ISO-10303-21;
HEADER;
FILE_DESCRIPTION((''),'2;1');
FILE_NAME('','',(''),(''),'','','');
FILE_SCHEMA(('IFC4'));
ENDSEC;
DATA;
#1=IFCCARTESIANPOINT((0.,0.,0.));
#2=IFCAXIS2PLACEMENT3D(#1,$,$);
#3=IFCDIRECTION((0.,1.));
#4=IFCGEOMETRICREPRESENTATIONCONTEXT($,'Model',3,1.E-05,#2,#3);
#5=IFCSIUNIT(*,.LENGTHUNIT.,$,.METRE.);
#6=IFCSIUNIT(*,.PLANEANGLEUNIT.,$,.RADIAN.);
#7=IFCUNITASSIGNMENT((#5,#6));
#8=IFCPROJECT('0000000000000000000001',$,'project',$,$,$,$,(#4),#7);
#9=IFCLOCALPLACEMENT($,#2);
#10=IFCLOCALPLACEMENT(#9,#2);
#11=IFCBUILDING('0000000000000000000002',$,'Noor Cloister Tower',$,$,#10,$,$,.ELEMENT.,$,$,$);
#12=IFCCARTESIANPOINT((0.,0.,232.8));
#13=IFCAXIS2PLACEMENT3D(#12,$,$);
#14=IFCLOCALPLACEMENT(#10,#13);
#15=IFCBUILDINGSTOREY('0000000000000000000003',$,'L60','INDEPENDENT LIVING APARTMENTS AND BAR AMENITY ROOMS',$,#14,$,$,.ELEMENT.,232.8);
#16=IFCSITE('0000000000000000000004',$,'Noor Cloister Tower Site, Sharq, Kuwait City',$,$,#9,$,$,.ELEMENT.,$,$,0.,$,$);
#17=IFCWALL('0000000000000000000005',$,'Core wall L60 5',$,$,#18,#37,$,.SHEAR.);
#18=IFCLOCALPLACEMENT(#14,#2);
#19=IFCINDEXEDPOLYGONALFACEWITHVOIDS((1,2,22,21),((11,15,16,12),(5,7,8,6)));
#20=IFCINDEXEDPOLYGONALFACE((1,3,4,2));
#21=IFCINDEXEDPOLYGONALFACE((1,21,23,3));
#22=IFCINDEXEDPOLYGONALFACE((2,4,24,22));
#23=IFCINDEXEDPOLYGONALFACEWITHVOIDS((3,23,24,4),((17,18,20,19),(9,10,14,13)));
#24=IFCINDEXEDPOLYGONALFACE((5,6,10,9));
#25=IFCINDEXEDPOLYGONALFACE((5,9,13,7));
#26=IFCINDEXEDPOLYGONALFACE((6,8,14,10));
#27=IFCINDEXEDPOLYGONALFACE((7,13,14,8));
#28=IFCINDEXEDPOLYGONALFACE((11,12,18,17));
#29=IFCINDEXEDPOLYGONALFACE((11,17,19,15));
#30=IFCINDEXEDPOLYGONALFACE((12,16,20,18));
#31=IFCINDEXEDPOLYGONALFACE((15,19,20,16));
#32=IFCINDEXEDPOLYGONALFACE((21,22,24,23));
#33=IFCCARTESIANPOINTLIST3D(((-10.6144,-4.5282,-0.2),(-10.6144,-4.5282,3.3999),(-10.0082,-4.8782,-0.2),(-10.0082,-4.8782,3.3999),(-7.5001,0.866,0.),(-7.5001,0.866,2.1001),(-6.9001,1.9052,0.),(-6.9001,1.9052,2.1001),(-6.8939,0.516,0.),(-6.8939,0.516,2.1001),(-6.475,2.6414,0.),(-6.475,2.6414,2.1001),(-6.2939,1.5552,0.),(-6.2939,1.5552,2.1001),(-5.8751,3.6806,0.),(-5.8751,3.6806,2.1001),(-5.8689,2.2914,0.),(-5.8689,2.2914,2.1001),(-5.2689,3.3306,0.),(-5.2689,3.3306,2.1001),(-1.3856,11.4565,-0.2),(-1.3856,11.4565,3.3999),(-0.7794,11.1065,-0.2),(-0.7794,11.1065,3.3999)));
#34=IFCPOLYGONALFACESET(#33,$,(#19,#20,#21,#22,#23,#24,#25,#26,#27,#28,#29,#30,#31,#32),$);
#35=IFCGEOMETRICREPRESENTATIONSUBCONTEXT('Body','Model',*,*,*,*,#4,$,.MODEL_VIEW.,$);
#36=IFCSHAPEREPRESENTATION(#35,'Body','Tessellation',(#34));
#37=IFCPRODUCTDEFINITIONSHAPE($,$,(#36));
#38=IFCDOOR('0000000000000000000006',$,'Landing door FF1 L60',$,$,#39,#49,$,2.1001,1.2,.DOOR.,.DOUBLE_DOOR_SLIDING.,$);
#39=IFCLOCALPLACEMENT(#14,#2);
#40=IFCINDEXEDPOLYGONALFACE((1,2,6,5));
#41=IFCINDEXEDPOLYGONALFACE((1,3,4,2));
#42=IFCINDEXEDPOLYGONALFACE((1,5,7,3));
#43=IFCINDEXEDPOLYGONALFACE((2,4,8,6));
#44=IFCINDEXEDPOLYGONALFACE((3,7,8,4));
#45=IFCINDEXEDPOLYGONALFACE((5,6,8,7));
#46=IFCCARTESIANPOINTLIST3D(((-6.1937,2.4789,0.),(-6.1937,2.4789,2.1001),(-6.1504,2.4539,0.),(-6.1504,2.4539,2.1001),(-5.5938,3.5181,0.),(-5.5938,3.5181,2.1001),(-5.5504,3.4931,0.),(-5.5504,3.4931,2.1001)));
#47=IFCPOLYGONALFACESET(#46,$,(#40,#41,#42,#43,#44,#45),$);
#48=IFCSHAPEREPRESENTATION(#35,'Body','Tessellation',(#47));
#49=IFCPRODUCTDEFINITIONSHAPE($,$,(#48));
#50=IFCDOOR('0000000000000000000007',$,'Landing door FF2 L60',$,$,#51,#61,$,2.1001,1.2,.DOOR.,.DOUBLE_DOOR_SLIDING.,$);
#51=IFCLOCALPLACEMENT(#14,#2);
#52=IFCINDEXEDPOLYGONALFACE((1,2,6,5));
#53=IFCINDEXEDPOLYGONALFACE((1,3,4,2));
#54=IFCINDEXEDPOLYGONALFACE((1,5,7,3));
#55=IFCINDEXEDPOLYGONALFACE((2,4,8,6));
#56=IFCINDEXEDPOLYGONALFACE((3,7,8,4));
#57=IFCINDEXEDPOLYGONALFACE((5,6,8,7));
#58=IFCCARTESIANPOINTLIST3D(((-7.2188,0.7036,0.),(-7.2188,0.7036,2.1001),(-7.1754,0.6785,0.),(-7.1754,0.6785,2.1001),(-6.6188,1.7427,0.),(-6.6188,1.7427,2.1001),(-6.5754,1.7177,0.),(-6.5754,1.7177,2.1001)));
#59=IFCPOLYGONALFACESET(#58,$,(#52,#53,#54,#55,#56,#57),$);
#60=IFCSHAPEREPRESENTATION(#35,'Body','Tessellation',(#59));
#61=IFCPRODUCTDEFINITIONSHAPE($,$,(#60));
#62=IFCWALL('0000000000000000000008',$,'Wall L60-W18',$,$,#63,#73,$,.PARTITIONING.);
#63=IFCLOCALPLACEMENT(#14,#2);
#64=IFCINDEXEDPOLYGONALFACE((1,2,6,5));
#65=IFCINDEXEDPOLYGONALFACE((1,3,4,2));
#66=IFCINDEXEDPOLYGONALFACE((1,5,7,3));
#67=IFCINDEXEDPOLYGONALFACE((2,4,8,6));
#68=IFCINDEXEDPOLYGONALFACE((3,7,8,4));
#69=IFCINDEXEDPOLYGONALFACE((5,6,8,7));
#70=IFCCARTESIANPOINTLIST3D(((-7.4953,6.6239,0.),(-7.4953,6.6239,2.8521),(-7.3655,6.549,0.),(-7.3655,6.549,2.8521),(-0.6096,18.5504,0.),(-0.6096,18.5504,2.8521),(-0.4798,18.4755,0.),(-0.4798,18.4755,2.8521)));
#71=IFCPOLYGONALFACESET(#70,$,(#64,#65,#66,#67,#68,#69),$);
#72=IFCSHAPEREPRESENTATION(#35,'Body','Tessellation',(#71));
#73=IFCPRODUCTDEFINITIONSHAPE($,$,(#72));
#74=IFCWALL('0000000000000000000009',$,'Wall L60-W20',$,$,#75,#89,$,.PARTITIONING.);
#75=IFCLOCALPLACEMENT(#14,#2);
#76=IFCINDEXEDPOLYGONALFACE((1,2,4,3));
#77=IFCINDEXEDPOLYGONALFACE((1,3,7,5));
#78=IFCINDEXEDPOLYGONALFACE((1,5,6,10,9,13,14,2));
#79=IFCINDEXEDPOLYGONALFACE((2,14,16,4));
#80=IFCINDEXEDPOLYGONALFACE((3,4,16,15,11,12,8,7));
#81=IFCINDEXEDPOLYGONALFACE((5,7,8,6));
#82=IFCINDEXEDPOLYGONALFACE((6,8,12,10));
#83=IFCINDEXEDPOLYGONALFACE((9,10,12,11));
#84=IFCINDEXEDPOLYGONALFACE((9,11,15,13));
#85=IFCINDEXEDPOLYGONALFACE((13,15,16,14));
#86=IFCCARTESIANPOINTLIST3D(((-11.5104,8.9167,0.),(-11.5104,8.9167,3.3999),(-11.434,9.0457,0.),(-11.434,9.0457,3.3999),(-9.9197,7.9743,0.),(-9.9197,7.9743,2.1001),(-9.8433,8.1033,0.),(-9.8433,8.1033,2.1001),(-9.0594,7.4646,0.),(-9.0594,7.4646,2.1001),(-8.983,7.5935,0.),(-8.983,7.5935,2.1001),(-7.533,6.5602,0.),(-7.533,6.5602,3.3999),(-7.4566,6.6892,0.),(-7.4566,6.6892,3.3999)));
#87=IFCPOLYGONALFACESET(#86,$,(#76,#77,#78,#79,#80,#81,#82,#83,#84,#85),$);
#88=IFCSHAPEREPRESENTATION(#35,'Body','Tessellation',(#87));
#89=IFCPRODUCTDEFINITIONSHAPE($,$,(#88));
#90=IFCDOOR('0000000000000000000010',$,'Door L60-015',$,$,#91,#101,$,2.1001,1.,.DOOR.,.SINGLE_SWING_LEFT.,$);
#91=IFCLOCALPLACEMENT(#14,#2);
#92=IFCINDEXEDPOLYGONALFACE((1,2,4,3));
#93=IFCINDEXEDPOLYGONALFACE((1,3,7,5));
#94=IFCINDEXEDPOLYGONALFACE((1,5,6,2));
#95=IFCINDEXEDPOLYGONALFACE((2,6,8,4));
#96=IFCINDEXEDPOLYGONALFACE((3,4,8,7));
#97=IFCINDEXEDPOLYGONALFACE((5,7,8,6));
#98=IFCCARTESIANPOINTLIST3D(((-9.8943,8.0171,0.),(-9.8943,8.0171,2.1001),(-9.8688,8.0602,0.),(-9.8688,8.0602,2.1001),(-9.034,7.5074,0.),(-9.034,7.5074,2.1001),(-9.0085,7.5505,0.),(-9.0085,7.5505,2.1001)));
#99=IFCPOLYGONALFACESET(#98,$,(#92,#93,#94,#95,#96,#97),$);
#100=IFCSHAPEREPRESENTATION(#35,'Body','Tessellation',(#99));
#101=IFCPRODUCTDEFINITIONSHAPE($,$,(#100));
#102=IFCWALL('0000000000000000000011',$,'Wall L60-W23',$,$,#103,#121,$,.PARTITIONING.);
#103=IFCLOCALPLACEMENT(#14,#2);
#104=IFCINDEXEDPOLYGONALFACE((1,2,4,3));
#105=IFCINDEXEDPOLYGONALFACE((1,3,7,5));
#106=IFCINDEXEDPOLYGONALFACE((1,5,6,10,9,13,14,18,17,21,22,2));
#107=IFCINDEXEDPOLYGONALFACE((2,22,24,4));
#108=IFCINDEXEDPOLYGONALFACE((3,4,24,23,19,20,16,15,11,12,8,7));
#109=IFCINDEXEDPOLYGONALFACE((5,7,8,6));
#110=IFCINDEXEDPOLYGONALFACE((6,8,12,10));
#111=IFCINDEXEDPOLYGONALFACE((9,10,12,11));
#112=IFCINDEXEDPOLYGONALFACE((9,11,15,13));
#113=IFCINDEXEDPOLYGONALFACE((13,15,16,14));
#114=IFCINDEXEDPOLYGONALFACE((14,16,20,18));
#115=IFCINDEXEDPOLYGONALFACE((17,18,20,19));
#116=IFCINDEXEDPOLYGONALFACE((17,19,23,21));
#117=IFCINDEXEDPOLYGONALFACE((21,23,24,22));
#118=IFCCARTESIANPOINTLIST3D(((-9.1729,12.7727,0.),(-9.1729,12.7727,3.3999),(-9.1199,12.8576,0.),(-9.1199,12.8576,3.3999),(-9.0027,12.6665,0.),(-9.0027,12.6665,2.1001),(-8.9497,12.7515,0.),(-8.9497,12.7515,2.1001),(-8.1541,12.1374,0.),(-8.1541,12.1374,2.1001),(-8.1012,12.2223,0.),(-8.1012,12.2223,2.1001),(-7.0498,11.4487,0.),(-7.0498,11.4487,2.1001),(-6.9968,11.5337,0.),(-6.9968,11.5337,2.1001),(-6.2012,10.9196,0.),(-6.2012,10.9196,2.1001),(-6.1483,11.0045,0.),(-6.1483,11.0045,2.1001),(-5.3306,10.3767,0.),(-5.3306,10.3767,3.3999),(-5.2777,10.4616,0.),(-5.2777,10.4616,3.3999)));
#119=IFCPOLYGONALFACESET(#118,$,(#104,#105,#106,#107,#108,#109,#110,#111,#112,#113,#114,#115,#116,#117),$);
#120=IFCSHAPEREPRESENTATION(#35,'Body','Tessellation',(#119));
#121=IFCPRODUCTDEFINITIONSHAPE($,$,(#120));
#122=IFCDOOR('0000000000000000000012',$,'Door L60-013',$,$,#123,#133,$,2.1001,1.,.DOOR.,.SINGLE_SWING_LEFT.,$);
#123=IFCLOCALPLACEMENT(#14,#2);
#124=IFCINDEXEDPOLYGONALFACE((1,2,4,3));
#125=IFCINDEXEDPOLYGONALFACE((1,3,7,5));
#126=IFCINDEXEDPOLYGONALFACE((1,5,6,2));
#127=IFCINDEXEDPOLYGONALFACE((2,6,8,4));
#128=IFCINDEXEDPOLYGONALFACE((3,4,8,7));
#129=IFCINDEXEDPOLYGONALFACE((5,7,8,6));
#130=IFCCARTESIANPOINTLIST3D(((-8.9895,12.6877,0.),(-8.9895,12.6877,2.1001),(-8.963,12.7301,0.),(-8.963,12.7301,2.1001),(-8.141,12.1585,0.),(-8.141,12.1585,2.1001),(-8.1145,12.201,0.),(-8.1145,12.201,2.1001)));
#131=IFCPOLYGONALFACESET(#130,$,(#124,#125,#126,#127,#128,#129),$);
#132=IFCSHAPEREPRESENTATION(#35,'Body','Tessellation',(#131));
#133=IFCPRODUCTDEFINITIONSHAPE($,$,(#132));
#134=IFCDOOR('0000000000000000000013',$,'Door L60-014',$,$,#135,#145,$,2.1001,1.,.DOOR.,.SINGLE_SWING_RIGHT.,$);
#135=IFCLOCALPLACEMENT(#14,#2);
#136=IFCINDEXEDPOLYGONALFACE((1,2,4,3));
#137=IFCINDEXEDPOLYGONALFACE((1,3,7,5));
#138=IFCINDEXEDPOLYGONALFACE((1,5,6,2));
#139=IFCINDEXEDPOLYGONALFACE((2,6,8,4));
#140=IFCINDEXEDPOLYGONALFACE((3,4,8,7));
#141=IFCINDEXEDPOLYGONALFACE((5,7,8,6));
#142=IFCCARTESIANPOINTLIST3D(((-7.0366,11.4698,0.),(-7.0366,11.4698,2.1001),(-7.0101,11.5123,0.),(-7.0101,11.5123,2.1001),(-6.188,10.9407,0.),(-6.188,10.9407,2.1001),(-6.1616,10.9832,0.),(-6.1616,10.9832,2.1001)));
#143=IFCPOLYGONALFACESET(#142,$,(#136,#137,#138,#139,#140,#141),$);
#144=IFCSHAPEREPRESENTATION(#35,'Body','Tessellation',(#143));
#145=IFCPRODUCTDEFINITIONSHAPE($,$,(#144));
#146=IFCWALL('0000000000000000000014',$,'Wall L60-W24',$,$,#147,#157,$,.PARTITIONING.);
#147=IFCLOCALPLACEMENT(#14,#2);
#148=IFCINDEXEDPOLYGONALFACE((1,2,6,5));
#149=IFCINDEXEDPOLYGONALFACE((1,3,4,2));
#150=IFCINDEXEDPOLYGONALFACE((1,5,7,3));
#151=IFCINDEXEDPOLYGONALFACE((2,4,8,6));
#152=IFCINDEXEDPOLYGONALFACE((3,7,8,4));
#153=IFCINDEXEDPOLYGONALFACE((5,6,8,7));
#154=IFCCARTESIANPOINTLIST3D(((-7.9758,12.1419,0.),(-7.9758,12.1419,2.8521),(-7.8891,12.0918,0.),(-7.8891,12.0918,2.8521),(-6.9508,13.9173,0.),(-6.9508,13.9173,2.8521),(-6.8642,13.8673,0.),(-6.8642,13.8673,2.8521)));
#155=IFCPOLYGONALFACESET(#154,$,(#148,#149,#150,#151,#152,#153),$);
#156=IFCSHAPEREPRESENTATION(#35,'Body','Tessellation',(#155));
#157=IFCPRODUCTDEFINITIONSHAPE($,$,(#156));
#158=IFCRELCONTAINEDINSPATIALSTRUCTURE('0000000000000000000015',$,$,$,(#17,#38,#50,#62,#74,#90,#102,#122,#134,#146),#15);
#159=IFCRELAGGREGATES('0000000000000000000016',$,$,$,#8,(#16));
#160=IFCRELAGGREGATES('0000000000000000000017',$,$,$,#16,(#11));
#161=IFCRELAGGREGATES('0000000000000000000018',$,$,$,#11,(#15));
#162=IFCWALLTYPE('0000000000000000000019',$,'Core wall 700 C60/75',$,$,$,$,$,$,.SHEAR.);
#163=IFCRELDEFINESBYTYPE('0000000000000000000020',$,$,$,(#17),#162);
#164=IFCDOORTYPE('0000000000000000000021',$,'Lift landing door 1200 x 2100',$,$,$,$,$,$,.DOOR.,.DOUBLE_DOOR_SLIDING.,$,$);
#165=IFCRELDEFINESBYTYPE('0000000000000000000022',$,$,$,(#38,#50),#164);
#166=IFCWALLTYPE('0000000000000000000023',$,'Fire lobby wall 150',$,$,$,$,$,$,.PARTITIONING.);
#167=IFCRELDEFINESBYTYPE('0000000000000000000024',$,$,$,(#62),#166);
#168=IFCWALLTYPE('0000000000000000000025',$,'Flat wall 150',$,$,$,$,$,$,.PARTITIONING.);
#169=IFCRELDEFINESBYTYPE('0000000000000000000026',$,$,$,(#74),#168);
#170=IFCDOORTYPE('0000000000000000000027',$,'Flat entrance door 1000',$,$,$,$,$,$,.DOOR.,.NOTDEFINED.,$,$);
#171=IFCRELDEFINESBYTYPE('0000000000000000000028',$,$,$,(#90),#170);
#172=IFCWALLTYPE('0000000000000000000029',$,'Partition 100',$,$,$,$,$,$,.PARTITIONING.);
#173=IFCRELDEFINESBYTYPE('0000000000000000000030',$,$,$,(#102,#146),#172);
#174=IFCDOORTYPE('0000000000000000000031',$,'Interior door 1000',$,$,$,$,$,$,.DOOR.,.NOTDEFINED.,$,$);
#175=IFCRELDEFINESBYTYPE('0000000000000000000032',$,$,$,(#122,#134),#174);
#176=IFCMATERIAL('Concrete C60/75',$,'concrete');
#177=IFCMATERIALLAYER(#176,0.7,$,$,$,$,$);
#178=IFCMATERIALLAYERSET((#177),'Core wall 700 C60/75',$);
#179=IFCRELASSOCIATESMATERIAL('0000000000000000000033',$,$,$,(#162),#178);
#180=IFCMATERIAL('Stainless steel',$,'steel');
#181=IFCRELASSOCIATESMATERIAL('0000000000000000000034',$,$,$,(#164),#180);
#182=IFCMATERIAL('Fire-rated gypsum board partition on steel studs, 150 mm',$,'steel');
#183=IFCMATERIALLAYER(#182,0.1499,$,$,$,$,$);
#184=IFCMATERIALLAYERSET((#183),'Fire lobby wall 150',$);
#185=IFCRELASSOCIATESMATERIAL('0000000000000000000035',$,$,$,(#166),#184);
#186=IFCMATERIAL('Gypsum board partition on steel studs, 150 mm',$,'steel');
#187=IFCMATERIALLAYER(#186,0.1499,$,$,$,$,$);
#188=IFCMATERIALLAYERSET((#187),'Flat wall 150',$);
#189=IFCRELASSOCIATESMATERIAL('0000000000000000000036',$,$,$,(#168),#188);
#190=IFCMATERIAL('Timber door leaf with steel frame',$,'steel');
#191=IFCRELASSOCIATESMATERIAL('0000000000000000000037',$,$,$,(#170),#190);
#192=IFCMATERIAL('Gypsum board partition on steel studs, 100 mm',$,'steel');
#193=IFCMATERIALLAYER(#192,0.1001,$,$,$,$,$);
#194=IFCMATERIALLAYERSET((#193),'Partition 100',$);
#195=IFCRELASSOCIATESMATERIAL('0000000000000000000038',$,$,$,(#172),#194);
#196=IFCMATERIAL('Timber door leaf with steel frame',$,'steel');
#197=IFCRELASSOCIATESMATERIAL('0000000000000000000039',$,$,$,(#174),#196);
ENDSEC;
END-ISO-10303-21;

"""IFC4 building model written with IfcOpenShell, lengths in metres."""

from ifc_helpers import new_model, si_unit, direction, frame, frame_2d, origin, place, context, subcontext, project, spatial, rectangle, extrude, material, layer, layer_set, type_object, element, fill, save


model = new_model("IFC4")

# Units and contexts
model_context = context("Model", 3, precision=1e-05, world=origin(), true_north=direction((0.0, 1.0)))
body_context = subcontext(model_context, "Body", "Model", "MODEL_VIEW")
ifc_project = project(units=[si_unit("LENGTHUNIT", "METRE"), si_unit("PLANEANGLEUNIT", "RADIAN")], contexts=[model_context])

# Site, building, storey
site_placement = place(None, origin())
site = spatial("IfcSite", under=ifc_project, at=site_placement, Name="Noor Cloister Tower Site, Sharq, Kuwait City", CompositionType="ELEMENT", RefElevation=0.0)
building_placement = place(site_placement, origin())
building = spatial("IfcBuilding", under=site, at=building_placement, Name="Noor Cloister Tower", CompositionType="ELEMENT")
storey_placement = place(building_placement, frame((0.0, 0.0, 232.8)))
storey = spatial("IfcBuildingStorey", under=building, at=storey_placement, Name="L60", Description="INDEPENDENT LIVING APARTMENTS AND BAR AMENITY ROOMS", CompositionType="ELEMENT", Elevation=232.8)

# Wall, openings, doors
ifc_material_1 = material(Name="Concrete C60/75", Category="concrete")
ifc_layer_1 = layer(ifc_material_1, 0.7)
ifc_layer_set_1 = layer_set([ifc_layer_1], Name="Core wall 700 C60/75")
wall_type_1 = type_object("IfcWallType", Name="Core wall 700 C60/75", PredefinedType="SHEAR", material=ifc_layer_set_1)
wall_1_placement = place(storey_placement, frame((-1.0825, 11.2815, -0.2), z_axis=(0.0, 0.0, 1.0), x_axis=(-0.500001, -0.866025, 0.0)))
wall_1 = element("IfcWall", 1, at=wall_1_placement, inside=storey, type_object=wall_type_1, Name="Core wall L60 5", PredefinedType="SHEAR", context=body_context, shape_type="SweptSolid", body=[
    extrude(rectangle(XDim=18.4575, YDim=0.7, at=frame_2d((9.2288, 0.0))), origin(), (0.0, 0.0, 1.0), 3.5999),
])
opening_1_placement = place(wall_1_placement, frame((8.9788, 0.0, 0.2)))
opening_1 = element("IfcOpeningElement", 2, at=opening_1_placement, cuts=wall_1, PredefinedType="OPENING", context=body_context, shape_type="SweptSolid", body=[
    extrude(rectangle(XDim=1.2, YDim=2.1001, at=frame_2d((0.6001, 1.05))), frame((0.0, 0.3599, 0.0), z_axis=(0.0, -1.0, 0.0), x_axis=(1.0, 0.0, 0.0)), (0.0, 0.0, 1.0), 0.72),
])
opening_2_placement = place(wall_1_placement, frame((11.0288, 0.0, 0.2)))
opening_2 = element("IfcOpeningElement", 3, at=opening_2_placement, cuts=wall_1, PredefinedType="OPENING", context=body_context, shape_type="SweptSolid", body=[
    extrude(rectangle(XDim=1.2, YDim=2.1001, at=frame_2d((0.6001, 1.05))), frame((0.0, 0.3599, 0.0), z_axis=(0.0, -1.0, 0.0), x_axis=(1.0, 0.0, 0.0)), (0.0, 0.0, 1.0), 0.72),
])
ifc_material_2 = material(Name="Stainless steel", Category="steel")
door_type_1 = type_object("IfcDoorType", Name="Lift landing door 1200 x 2100", OperationType="DOUBLE_DOOR_SLIDING", PredefinedType="DOOR", material=ifc_material_2)
door_1_placement = place(opening_1_placement, origin())
door_1 = element("IfcDoor", 4, at=door_1_placement, inside=storey, type_object=door_type_1, Name="Landing door FF1 L60", OperationType="DOUBLE_DOOR_SLIDING", OverallHeight=2.1001, OverallWidth=1.2, PredefinedType="DOOR", context=body_context, shape_type="SweptSolid", body=[
    extrude(rectangle(XDim=1.2, YDim=2.1001, at=frame_2d((0.6001, 1.05))), frame((0.0, 0.0249, 0.0), z_axis=(0.0, -1.0, 0.0), x_axis=(1.0, 0.0, 0.0)), (0.0, 0.0, 1.0), 0.05),
])
fill(opening_1, door_1)
door_2_placement = place(opening_2_placement, origin())
door_2 = element("IfcDoor", 5, at=door_2_placement, inside=storey, type_object=door_type_1, Name="Landing door FF2 L60", OperationType="DOUBLE_DOOR_SLIDING", OverallHeight=2.1001, OverallWidth=1.2, PredefinedType="DOOR", context=body_context, shape_type="SweptSolid", body=[
    extrude(rectangle(XDim=1.2, YDim=2.1001, at=frame_2d((0.6001, 1.05))), frame((0.0, 0.0249, 0.0), z_axis=(0.0, -1.0, 0.0), x_axis=(1.0, 0.0, 0.0)), (0.0, 0.0, 1.0), 0.05),
])
fill(opening_2, door_2)

# Wall
ifc_material_3 = material(Name="Fire-rated gypsum board partition on steel studs, 150 mm", Category="steel")
ifc_layer_2 = layer(ifc_material_3, 0.1499)
ifc_layer_set_2 = layer_set([ifc_layer_2], Name="Fire lobby wall 150")
wall_type_2 = type_object("IfcWallType", Name="Fire lobby wall 150", PredefinedType="PARTITIONING", material=ifc_layer_set_2)
wall_2_placement = place(storey_placement, frame((-0.5447, 18.5129, 0.0), z_axis=(0.0, 0.0, 1.0), x_axis=(-0.499998, -0.866026, 0.0)))
element("IfcWall", 6, at=wall_2_placement, inside=storey, type_object=wall_type_2, Name="Wall L60-W18", PredefinedType="PARTITIONING", context=body_context, shape_type="SweptSolid", body=[
    extrude(rectangle(XDim=13.7715, YDim=0.1499, at=frame_2d((6.8857, 0.0))), origin(), (0.0, 0.0, 1.0), 2.8521),
])

# Wall, opening, door
ifc_material_4 = material(Name="Gypsum board partition on steel studs, 150 mm", Category="steel")
ifc_layer_3 = layer(ifc_material_4, 0.1499)
ifc_layer_set_3 = layer_set([ifc_layer_3], Name="Flat wall 150")
wall_type_3 = type_object("IfcWallType", Name="Flat wall 150", PredefinedType="PARTITIONING", material=ifc_layer_set_3)
wall_3_placement = place(storey_placement, frame((-11.4722, 8.9812, 0.0), z_axis=(0.0, 0.0, 1.0), x_axis=(0.860336, -0.509727, 0.0)))
wall_3 = element("IfcWall", 7, at=wall_3_placement, inside=storey, type_object=wall_type_3, Name="Wall L60-W20", PredefinedType="PARTITIONING", context=body_context, shape_type="SweptSolid", body=[
    extrude(rectangle(XDim=4.623, YDim=0.1499, at=frame_2d((2.3115, 0.0))), origin(), (0.0, 0.0, 1.0), 3.3999),
])
opening_3_placement = place(wall_3_placement, frame((1.8489, 0.0, 0.0)))
opening_3 = element("IfcOpeningElement", 8, at=opening_3_placement, cuts=wall_3, PredefinedType="OPENING", context=body_context, shape_type="SweptSolid", body=[
    extrude(rectangle(XDim=1.0, YDim=2.1001, at=frame_2d((0.5, 1.05))), frame((0.0, 0.085, 0.0), z_axis=(0.0, -1.0, 0.0), x_axis=(1.0, 0.0, 0.0)), (0.0, 0.0, 1.0), 0.1699),
])
ifc_material_5 = material(Name="Timber door leaf with steel frame", Category="steel")
door_type_2 = type_object("IfcDoorType", Name="Flat entrance door 1000", OperationType="NOTDEFINED", PredefinedType="DOOR", material=ifc_material_5)
door_3_placement = place(opening_3_placement, origin())
door_3 = element("IfcDoor", 9, at=door_3_placement, inside=storey, type_object=door_type_2, Name="Door L60-015", OperationType="SINGLE_SWING_LEFT", OverallHeight=2.1001, OverallWidth=1.0, PredefinedType="DOOR", context=body_context, shape_type="SweptSolid", body=[
    extrude(rectangle(XDim=1.0, YDim=2.1001, at=frame_2d((0.5, 1.05))), frame((0.0, 0.0249, 0.0), z_axis=(0.0, -1.0, 0.0), x_axis=(1.0, 0.0, 0.0)), (0.0, 0.0, 1.0), 0.05),
])
fill(opening_3, door_3)

# Wall, openings, doors
ifc_material_6 = material(Name="Gypsum board partition on steel studs, 100 mm", Category="steel")
ifc_layer_4 = layer(ifc_material_6, 0.1001)
ifc_layer_set_4 = layer_set([ifc_layer_4], Name="Partition 100")
wall_type_4 = type_object("IfcWallType", Name="Partition 100", PredefinedType="PARTITIONING", material=ifc_layer_set_4)
wall_4_placement = place(storey_placement, frame((-9.1465, 12.8152, 0.0), z_axis=(0.0, 0.0, 1.0), x_axis=(0.848537, -0.529136, 0.0)))
wall_4 = element("IfcWall", 10, at=wall_4_placement, inside=storey, type_object=wall_type_4, Name="Wall L60-W23", PredefinedType="PARTITIONING", context=body_context, shape_type="SweptSolid", body=[
    extrude(rectangle(XDim=4.5281, YDim=0.1001, at=frame_2d((2.2642, 0.0))), origin(), (0.0, 0.0, 1.0), 3.3999),
])
opening_4_placement = place(wall_4_placement, frame((0.2007, 0.0, 0.0)))
opening_4 = element("IfcOpeningElement", 11, at=opening_4_placement, cuts=wall_4, PredefinedType="OPENING", context=body_context, shape_type="SweptSolid", body=[
    extrude(rectangle(XDim=1.0, YDim=2.1001, at=frame_2d((0.5, 1.05))), frame((0.0, 0.0601, 0.0), z_axis=(0.0, -1.0, 0.0), x_axis=(1.0, 0.0, 0.0)), (0.0, 0.0, 1.0), 0.1201),
])
opening_5_placement = place(wall_4_placement, frame((2.5022, 0.0, 0.0)))
opening_5 = element("IfcOpeningElement", 12, at=opening_5_placement, cuts=wall_4, PredefinedType="OPENING", context=body_context, shape_type="SweptSolid", body=[
    extrude(rectangle(XDim=1.0, YDim=2.1001, at=frame_2d((0.5, 1.05))), frame((0.0, 0.0601, 0.0), z_axis=(0.0, -1.0, 0.0), x_axis=(1.0, 0.0, 0.0)), (0.0, 0.0, 1.0), 0.1201),
])
ifc_material_7 = material(Name="Timber door leaf with steel frame", Category="steel")
door_type_3 = type_object("IfcDoorType", Name="Interior door 1000", OperationType="NOTDEFINED", PredefinedType="DOOR", material=ifc_material_7)
door_4_placement = place(opening_4_placement, origin())
door_4 = element("IfcDoor", 13, at=door_4_placement, inside=storey, type_object=door_type_3, Name="Door L60-013", OperationType="SINGLE_SWING_LEFT", OverallHeight=2.1001, OverallWidth=1.0, PredefinedType="DOOR", context=body_context, shape_type="SweptSolid", body=[
    extrude(rectangle(XDim=1.0, YDim=2.1001, at=frame_2d((0.5, 1.05))), frame((0.0, 0.0249, 0.0), z_axis=(0.0, -1.0, 0.0), x_axis=(1.0, 0.0, 0.0)), (0.0, 0.0, 1.0), 0.05),
])
fill(opening_4, door_4)
door_5_placement = place(opening_5_placement, origin())
door_5 = element("IfcDoor", 14, at=door_5_placement, inside=storey, type_object=door_type_3, Name="Door L60-014", OperationType="SINGLE_SWING_RIGHT", OverallHeight=2.1001, OverallWidth=1.0, PredefinedType="DOOR", context=body_context, shape_type="SweptSolid", body=[
    extrude(rectangle(XDim=1.0, YDim=2.1001, at=frame_2d((0.5, 1.05))), frame((0.0, 0.0249, 0.0), z_axis=(0.0, -1.0, 0.0), x_axis=(1.0, 0.0, 0.0)), (0.0, 0.0, 1.0), 0.05),
])
fill(opening_5, door_5)

# Wall
wall_5_placement = place(storey_placement, frame((-7.9324, 12.1169, 0.0), z_axis=(0.0, 0.0, 1.0), x_axis=(0.499956, 0.866051, 0.0)))
element("IfcWall", 15, at=wall_5_placement, inside=storey, type_object=wall_type_4, Name="Wall L60-W24", PredefinedType="PARTITIONING", context=body_context, shape_type="SweptSolid", body=[
    extrude(rectangle(XDim=2.05, YDim=0.1001, at=frame_2d((1.0249, 0.0))), origin(), (0.0, 0.0, 1.0), 2.8521),
])

save(model, "model.ifc")
